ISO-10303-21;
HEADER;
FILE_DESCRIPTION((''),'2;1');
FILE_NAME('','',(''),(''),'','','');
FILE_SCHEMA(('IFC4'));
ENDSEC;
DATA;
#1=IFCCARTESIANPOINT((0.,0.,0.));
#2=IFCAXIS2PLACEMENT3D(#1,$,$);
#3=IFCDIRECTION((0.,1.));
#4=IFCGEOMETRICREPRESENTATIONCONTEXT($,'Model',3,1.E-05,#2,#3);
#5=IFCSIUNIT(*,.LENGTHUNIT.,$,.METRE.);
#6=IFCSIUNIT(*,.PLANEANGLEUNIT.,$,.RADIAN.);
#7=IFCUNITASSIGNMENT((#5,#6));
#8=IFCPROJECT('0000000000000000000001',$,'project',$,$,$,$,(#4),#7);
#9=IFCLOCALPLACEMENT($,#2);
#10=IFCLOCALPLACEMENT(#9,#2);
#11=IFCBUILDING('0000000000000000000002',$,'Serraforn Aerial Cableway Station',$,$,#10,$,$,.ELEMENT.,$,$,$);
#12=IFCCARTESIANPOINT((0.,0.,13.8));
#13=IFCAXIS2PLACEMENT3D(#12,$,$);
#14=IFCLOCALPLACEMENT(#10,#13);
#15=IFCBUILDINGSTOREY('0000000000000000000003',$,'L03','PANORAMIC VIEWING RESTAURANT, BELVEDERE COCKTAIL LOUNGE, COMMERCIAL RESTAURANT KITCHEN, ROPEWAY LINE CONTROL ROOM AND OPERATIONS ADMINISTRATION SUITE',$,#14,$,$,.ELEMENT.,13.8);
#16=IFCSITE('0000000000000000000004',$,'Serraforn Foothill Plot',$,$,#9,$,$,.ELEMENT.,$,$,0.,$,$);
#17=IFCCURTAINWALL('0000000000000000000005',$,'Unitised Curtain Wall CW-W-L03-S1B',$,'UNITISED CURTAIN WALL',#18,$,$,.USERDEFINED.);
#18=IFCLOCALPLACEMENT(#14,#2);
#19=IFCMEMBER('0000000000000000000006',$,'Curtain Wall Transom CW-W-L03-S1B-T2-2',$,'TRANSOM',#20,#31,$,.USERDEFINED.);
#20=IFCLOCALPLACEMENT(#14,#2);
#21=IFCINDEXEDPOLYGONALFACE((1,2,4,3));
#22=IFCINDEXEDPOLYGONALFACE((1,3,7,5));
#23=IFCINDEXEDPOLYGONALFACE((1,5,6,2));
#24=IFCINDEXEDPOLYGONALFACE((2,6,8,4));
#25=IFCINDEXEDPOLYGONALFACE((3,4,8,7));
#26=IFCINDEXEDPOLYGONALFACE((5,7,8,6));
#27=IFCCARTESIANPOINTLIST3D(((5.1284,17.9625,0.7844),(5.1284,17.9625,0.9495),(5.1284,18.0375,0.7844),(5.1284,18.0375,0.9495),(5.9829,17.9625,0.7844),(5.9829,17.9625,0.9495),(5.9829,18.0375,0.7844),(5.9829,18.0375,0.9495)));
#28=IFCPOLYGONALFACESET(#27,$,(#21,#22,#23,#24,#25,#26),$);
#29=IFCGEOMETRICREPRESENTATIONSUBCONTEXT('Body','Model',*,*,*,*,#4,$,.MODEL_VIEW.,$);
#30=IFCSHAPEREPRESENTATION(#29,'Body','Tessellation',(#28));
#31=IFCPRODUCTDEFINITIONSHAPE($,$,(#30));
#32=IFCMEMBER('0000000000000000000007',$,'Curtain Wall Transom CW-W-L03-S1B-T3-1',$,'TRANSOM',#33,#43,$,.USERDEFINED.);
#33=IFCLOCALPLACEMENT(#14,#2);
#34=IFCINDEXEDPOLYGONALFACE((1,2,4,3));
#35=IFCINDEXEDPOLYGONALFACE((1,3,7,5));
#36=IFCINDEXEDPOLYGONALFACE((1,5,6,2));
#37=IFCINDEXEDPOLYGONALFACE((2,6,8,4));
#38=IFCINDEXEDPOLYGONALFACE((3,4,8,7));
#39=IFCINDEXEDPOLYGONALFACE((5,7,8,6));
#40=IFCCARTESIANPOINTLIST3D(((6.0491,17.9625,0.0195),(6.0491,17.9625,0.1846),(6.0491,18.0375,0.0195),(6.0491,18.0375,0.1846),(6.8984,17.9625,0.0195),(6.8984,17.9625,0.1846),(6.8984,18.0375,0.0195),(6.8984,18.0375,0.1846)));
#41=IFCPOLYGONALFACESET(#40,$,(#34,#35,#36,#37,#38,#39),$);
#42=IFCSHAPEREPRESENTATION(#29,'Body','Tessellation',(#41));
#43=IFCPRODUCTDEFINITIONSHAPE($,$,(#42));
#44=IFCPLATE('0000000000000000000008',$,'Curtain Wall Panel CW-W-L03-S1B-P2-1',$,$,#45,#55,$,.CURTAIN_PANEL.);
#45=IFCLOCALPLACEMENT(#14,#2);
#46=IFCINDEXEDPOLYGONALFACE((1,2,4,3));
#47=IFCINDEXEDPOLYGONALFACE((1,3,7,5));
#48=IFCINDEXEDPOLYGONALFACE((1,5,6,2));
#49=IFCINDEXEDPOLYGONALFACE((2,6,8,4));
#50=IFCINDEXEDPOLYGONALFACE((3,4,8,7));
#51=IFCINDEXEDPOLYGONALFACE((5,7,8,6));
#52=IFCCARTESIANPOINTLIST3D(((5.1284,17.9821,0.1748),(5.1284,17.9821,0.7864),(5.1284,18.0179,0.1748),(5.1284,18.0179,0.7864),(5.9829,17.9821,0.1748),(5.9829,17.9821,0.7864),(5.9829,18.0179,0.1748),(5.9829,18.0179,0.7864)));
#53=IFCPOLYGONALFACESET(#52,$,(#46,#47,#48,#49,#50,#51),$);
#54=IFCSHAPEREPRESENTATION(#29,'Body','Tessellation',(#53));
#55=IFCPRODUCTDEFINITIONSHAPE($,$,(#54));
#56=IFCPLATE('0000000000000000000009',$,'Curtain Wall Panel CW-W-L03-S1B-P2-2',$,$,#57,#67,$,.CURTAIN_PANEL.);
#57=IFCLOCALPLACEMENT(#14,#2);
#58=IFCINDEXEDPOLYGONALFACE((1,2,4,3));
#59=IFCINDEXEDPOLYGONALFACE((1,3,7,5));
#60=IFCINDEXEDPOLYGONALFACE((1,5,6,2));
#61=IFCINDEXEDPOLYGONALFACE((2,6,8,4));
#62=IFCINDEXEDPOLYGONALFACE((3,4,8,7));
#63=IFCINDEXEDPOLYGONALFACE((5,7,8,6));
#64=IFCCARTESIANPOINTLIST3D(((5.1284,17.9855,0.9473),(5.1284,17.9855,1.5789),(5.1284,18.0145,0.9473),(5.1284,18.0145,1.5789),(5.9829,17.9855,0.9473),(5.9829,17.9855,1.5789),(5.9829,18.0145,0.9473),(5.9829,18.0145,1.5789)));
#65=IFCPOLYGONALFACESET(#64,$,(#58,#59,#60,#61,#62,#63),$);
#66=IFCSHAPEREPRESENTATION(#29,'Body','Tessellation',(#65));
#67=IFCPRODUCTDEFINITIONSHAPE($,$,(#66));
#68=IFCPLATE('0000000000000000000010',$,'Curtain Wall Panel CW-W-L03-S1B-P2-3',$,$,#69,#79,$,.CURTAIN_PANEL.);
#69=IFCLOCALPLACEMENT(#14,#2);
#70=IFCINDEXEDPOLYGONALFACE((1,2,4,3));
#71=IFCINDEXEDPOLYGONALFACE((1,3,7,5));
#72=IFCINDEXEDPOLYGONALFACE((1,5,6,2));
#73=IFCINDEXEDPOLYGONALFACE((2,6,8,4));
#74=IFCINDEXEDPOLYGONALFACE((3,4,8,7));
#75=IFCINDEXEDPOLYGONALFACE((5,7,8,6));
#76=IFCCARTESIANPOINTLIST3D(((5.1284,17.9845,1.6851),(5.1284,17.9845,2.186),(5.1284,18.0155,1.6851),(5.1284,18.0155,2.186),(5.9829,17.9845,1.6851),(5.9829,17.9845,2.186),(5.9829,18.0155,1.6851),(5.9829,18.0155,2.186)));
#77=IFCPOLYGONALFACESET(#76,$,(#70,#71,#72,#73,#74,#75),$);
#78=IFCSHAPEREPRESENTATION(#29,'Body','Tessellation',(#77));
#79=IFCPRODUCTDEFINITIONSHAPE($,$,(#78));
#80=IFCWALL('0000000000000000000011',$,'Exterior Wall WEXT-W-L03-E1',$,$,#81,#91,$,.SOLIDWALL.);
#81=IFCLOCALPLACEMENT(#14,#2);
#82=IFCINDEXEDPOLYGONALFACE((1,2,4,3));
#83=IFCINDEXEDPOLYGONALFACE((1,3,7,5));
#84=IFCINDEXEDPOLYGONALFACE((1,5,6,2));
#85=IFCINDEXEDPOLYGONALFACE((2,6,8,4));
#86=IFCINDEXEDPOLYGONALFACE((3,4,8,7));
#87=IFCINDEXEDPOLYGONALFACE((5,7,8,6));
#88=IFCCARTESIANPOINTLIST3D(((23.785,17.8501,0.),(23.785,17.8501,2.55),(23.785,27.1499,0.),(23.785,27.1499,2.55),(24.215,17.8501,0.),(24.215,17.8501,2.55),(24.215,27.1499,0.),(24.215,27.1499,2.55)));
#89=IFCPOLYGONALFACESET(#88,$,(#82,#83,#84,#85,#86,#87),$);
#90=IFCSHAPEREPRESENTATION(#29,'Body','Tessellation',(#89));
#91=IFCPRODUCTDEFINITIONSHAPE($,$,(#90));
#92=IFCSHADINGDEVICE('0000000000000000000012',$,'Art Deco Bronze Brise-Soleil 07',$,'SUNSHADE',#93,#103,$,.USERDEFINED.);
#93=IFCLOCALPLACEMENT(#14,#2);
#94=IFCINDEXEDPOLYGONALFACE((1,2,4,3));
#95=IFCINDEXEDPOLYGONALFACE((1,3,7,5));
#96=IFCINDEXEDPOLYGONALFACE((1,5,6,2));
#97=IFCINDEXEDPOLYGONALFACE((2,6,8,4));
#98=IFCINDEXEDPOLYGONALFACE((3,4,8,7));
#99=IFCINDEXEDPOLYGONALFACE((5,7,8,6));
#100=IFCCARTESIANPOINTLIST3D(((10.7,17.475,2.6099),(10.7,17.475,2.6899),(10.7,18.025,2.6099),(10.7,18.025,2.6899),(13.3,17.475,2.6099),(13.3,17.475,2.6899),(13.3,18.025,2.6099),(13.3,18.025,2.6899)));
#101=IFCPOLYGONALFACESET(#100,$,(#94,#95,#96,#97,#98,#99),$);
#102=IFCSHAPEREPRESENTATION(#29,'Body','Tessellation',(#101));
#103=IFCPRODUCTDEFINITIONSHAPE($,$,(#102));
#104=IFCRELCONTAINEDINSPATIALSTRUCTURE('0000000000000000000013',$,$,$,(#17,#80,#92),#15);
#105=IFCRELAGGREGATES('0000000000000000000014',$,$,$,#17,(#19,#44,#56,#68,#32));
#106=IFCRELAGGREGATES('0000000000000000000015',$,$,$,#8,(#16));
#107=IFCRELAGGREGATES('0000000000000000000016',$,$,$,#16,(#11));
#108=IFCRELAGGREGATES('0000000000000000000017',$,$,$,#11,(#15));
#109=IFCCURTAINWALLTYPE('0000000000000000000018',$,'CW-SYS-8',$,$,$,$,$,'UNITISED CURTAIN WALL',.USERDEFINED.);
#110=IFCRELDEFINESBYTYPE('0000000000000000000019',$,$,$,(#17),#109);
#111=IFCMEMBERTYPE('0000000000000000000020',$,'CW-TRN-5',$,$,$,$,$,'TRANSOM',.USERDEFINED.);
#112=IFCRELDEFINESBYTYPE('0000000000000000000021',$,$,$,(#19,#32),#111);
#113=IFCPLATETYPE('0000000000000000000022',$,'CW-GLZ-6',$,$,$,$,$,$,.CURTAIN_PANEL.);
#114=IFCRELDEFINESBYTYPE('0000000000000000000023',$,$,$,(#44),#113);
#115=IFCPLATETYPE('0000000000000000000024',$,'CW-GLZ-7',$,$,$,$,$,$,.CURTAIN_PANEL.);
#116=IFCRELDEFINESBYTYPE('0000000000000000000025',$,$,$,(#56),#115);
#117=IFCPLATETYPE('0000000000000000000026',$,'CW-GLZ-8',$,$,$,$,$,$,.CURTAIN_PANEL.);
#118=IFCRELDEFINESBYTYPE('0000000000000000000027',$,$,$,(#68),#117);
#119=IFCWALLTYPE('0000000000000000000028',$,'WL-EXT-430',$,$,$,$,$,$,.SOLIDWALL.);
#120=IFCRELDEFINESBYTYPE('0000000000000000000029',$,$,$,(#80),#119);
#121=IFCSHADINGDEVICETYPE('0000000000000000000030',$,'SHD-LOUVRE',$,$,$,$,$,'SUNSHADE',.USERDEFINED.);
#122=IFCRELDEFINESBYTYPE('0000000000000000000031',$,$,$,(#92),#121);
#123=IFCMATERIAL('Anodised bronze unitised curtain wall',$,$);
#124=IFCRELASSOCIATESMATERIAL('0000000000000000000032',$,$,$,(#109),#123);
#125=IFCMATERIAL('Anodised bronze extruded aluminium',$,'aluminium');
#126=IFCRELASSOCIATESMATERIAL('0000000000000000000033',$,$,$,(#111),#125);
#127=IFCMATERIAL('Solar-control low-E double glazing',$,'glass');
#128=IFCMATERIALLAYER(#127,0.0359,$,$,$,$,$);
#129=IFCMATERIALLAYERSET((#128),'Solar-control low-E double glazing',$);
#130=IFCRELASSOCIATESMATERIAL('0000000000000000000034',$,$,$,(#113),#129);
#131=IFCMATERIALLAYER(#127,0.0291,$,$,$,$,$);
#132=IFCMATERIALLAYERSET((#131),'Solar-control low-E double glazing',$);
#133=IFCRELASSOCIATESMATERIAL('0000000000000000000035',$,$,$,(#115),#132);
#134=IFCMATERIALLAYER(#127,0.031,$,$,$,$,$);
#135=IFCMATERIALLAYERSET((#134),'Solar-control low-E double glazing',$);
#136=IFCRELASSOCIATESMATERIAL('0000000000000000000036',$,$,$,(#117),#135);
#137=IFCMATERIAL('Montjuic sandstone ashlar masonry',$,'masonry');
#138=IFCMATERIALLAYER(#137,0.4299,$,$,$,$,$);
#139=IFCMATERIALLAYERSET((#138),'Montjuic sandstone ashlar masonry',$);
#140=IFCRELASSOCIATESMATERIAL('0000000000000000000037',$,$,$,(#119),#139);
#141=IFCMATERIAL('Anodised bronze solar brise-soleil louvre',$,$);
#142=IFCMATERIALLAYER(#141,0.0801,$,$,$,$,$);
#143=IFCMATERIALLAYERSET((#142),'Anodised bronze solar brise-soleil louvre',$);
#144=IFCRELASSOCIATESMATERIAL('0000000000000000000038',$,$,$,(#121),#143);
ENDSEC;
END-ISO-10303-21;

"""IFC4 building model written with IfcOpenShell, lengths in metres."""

from ifc_helpers import new_model, si_unit, direction, frame, frame_2d, origin, origin_2d, place, context, subcontext, project, spatial, rectangle, extrude, material, layer, layer_set, material_profile, profile_set, type_object, element, aggregate, save


model = new_model("IFC4")

# Units and contexts
model_context = context("Model", 3, precision=1e-05, world=origin(), true_north=direction((0.0, 1.0)))
body_context = subcontext(model_context, "Body", "Model", "MODEL_VIEW")
ifc_project = project(units=[si_unit("LENGTHUNIT", "METRE"), si_unit("PLANEANGLEUNIT", "RADIAN")], contexts=[model_context])

# Site, building, storey
site_placement = place(None, origin())
site = spatial("IfcSite", under=ifc_project, at=site_placement, Name="Serraforn Foothill Plot", CompositionType="ELEMENT", RefElevation=0.0)
building_placement = place(site_placement, origin())
building = spatial("IfcBuilding", under=site, at=building_placement, Name="Serraforn Aerial Cableway Station", CompositionType="ELEMENT")
storey_placement = place(building_placement, frame((0.0, 0.0, 13.8)))
storey = spatial("IfcBuildingStorey", under=building, at=storey_placement, Name="L03", Description="PANORAMIC VIEWING RESTAURANT, BELVEDERE COCKTAIL LOUNGE, COMMERCIAL RESTAURANT KITCHEN, ROPEWAY LINE CONTROL ROOM AND OPERATIONS ADMINISTRATION SUITE", CompositionType="ELEMENT", Elevation=13.8)

# Curtain wall, members, plates
ifc_material_1 = material(Name="Anodised bronze unitised curtain wall")
curtain_wall_type = type_object("IfcCurtainWallType", Name="CW-SYS-8", ElementType="UNITISED CURTAIN WALL", PredefinedType="USERDEFINED", material=ifc_material_1)
curtain_wall_placement = place(storey_placement, origin())
curtain_wall = element("IfcCurtainWall", 1, at=curtain_wall_placement, inside=storey, type_object=curtain_wall_type, Name="Unitised Curtain Wall CW-W-L03-S1B", ObjectType="UNITISED CURTAIN WALL", PredefinedType="USERDEFINED")
ifc_material_2 = material(Name="Anodised bronze extruded aluminium", Category="aluminium")
ifc_material_profile_1 = material_profile(ifc_material_2, rectangle(XDim=0.075, YDim=0.165, at=origin_2d()), Name="CW TRANSOM 75x165")
ifc_profile_set_1 = profile_set([ifc_material_profile_1], Name="Anodised bronze extruded aluminium")
member_type_1 = type_object("IfcMemberType", Name="CW-TRN-5", ElementType="TRANSOM", PredefinedType="USERDEFINED", material=ifc_profile_set_1)
member_1_placement = place(storey_placement, frame((5.1284, 18.0, 0.8669), z_axis=(1.0, 0.0, 0.0), x_axis=(0.0, 1.0, 0.0)))
member_1 = element("IfcMember", 2, at=member_1_placement, type_object=member_type_1, Name="Curtain Wall Transom CW-W-L03-S1B-T2-2", ObjectType="TRANSOM", PredefinedType="USERDEFINED", context=body_context, shape_type="SweptSolid", body=[
    extrude(rectangle(XDim=0.075, YDim=0.165, at=origin_2d()), origin(), (0.0, 0.0, 1.0), 0.8545),
])
member_2_placement = place(storey_placement, frame((6.0491, 18.0, 0.1021), z_axis=(1.0, 0.0, 0.0), x_axis=(0.0, 1.0, 0.0)))
member_2 = element("IfcMember", 3, at=member_2_placement, type_object=member_type_1, Name="Curtain Wall Transom CW-W-L03-S1B-T3-1", ObjectType="TRANSOM", PredefinedType="USERDEFINED", context=body_context, shape_type="SweptSolid", body=[
    extrude(rectangle(XDim=0.075, YDim=0.165, at=origin_2d()), origin(), (0.0, 0.0, 1.0), 0.8494),
])
ifc_material_3 = material(Name="Solar-control low-E double glazing", Category="glass")
ifc_layer_1 = layer(ifc_material_3, 0.0359)
ifc_layer_set_1 = layer_set([ifc_layer_1], Name="Solar-control low-E double glazing")
plate_type_1 = type_object("IfcPlateType", Name="CW-GLZ-6", PredefinedType="CURTAIN_PANEL", material=ifc_layer_set_1)
plate_1_placement = place(storey_placement, frame((5.5557, 18.0, 0.1748), z_axis=(0.0, 0.0, 1.0), x_axis=(1.0, 0.0, 0.0)))
plate_1 = element("IfcPlate", 4, at=plate_1_placement, type_object=plate_type_1, Name="Curtain Wall Panel CW-W-L03-S1B-P2-1", PredefinedType="CURTAIN_PANEL", context=body_context, shape_type="SweptSolid", body=[
    extrude(rectangle(XDim=0.8545, YDim=0.0359, at=origin_2d()), origin(), (0.0, 0.0, 1.0), 0.6116),
])
ifc_layer_2 = layer(ifc_material_3, 0.0291)
ifc_layer_set_2 = layer_set([ifc_layer_2], Name="Solar-control low-E double glazing")
plate_type_2 = type_object("IfcPlateType", Name="CW-GLZ-7", PredefinedType="CURTAIN_PANEL", material=ifc_layer_set_2)
plate_2_placement = place(storey_placement, frame((5.5557, 18.0, 0.9473), z_axis=(0.0, 0.0, 1.0), x_axis=(1.0, 0.0, 0.0)))
plate_2 = element("IfcPlate", 5, at=plate_2_placement, type_object=plate_type_2, Name="Curtain Wall Panel CW-W-L03-S1B-P2-2", PredefinedType="CURTAIN_PANEL", context=body_context, shape_type="SweptSolid", body=[
    extrude(rectangle(XDim=0.8545, YDim=0.0291, at=origin_2d()), origin(), (0.0, 0.0, 1.0), 0.6316),
])
ifc_layer_3 = layer(ifc_material_3, 0.031)
ifc_layer_set_3 = layer_set([ifc_layer_3], Name="Solar-control low-E double glazing")
plate_type_3 = type_object("IfcPlateType", Name="CW-GLZ-8", PredefinedType="CURTAIN_PANEL", material=ifc_layer_set_3)
plate_3_placement = place(storey_placement, frame((5.5557, 18.0, 1.6851), z_axis=(0.0, 0.0, 1.0), x_axis=(1.0, 0.0, 0.0)))
plate_3 = element("IfcPlate", 6, at=plate_3_placement, type_object=plate_type_3, Name="Curtain Wall Panel CW-W-L03-S1B-P2-3", PredefinedType="CURTAIN_PANEL", context=body_context, shape_type="SweptSolid", body=[
    extrude(rectangle(XDim=0.8545, YDim=0.031, at=origin_2d()), origin(), (0.0, 0.0, 1.0), 0.501),
])
aggregate(curtain_wall, [member_1, plate_1, plate_2, plate_3, member_2])

# Wall
ifc_material_4 = material(Name="Montjuic sandstone ashlar masonry", Category="masonry")
ifc_layer_4 = layer(ifc_material_4, 0.4299)
ifc_layer_set_4 = layer_set([ifc_layer_4], Name="Montjuic sandstone ashlar masonry")
wall_type = type_object("IfcWallType", Name="WL-EXT-430", PredefinedType="SOLIDWALL", material=ifc_layer_set_4)
wall_placement = place(storey_placement, frame((24.0, 17.8501, 0.0), z_axis=(0.0, 0.0, 1.0), x_axis=(0.0, 1.0, 0.0)))
element("IfcWall", 7, at=wall_placement, inside=storey, type_object=wall_type, Name="Exterior Wall WEXT-W-L03-E1", PredefinedType="SOLIDWALL", context=body_context, shape_type="SweptSolid", body=[
    extrude(rectangle(XDim=9.2998, YDim=0.4299, at=frame_2d((4.6499, 0.0))), origin(), (0.0, 0.0, 1.0), 2.55),
])

# Shading device
ifc_material_5 = material(Name="Anodised bronze solar brise-soleil louvre")
ifc_layer_5 = layer(ifc_material_5, 0.0801)
ifc_layer_set_5 = layer_set([ifc_layer_5], Name="Anodised bronze solar brise-soleil louvre")
shading_device_type = type_object("IfcShadingDeviceType", Name="SHD-LOUVRE", ElementType="SUNSHADE", PredefinedType="USERDEFINED", material=ifc_layer_set_5)
shading_device_placement = place(storey_placement, frame((12.0, 17.75, 2.6099), z_axis=(0.0, 0.0, 1.0), x_axis=(1.0, 0.0, 0.0)))
element("IfcShadingDevice", 8, at=shading_device_placement, inside=storey, type_object=shading_device_type, Name="Art Deco Bronze Brise-Soleil 07", ObjectType="SUNSHADE", PredefinedType="USERDEFINED", context=body_context, shape_type="SweptSolid", body=[
    extrude(rectangle(XDim=2.6001, YDim=0.55, at=origin_2d()), origin(), (0.0, 0.0, 1.0), 0.0801),
])

save(model, "model.ifc")
